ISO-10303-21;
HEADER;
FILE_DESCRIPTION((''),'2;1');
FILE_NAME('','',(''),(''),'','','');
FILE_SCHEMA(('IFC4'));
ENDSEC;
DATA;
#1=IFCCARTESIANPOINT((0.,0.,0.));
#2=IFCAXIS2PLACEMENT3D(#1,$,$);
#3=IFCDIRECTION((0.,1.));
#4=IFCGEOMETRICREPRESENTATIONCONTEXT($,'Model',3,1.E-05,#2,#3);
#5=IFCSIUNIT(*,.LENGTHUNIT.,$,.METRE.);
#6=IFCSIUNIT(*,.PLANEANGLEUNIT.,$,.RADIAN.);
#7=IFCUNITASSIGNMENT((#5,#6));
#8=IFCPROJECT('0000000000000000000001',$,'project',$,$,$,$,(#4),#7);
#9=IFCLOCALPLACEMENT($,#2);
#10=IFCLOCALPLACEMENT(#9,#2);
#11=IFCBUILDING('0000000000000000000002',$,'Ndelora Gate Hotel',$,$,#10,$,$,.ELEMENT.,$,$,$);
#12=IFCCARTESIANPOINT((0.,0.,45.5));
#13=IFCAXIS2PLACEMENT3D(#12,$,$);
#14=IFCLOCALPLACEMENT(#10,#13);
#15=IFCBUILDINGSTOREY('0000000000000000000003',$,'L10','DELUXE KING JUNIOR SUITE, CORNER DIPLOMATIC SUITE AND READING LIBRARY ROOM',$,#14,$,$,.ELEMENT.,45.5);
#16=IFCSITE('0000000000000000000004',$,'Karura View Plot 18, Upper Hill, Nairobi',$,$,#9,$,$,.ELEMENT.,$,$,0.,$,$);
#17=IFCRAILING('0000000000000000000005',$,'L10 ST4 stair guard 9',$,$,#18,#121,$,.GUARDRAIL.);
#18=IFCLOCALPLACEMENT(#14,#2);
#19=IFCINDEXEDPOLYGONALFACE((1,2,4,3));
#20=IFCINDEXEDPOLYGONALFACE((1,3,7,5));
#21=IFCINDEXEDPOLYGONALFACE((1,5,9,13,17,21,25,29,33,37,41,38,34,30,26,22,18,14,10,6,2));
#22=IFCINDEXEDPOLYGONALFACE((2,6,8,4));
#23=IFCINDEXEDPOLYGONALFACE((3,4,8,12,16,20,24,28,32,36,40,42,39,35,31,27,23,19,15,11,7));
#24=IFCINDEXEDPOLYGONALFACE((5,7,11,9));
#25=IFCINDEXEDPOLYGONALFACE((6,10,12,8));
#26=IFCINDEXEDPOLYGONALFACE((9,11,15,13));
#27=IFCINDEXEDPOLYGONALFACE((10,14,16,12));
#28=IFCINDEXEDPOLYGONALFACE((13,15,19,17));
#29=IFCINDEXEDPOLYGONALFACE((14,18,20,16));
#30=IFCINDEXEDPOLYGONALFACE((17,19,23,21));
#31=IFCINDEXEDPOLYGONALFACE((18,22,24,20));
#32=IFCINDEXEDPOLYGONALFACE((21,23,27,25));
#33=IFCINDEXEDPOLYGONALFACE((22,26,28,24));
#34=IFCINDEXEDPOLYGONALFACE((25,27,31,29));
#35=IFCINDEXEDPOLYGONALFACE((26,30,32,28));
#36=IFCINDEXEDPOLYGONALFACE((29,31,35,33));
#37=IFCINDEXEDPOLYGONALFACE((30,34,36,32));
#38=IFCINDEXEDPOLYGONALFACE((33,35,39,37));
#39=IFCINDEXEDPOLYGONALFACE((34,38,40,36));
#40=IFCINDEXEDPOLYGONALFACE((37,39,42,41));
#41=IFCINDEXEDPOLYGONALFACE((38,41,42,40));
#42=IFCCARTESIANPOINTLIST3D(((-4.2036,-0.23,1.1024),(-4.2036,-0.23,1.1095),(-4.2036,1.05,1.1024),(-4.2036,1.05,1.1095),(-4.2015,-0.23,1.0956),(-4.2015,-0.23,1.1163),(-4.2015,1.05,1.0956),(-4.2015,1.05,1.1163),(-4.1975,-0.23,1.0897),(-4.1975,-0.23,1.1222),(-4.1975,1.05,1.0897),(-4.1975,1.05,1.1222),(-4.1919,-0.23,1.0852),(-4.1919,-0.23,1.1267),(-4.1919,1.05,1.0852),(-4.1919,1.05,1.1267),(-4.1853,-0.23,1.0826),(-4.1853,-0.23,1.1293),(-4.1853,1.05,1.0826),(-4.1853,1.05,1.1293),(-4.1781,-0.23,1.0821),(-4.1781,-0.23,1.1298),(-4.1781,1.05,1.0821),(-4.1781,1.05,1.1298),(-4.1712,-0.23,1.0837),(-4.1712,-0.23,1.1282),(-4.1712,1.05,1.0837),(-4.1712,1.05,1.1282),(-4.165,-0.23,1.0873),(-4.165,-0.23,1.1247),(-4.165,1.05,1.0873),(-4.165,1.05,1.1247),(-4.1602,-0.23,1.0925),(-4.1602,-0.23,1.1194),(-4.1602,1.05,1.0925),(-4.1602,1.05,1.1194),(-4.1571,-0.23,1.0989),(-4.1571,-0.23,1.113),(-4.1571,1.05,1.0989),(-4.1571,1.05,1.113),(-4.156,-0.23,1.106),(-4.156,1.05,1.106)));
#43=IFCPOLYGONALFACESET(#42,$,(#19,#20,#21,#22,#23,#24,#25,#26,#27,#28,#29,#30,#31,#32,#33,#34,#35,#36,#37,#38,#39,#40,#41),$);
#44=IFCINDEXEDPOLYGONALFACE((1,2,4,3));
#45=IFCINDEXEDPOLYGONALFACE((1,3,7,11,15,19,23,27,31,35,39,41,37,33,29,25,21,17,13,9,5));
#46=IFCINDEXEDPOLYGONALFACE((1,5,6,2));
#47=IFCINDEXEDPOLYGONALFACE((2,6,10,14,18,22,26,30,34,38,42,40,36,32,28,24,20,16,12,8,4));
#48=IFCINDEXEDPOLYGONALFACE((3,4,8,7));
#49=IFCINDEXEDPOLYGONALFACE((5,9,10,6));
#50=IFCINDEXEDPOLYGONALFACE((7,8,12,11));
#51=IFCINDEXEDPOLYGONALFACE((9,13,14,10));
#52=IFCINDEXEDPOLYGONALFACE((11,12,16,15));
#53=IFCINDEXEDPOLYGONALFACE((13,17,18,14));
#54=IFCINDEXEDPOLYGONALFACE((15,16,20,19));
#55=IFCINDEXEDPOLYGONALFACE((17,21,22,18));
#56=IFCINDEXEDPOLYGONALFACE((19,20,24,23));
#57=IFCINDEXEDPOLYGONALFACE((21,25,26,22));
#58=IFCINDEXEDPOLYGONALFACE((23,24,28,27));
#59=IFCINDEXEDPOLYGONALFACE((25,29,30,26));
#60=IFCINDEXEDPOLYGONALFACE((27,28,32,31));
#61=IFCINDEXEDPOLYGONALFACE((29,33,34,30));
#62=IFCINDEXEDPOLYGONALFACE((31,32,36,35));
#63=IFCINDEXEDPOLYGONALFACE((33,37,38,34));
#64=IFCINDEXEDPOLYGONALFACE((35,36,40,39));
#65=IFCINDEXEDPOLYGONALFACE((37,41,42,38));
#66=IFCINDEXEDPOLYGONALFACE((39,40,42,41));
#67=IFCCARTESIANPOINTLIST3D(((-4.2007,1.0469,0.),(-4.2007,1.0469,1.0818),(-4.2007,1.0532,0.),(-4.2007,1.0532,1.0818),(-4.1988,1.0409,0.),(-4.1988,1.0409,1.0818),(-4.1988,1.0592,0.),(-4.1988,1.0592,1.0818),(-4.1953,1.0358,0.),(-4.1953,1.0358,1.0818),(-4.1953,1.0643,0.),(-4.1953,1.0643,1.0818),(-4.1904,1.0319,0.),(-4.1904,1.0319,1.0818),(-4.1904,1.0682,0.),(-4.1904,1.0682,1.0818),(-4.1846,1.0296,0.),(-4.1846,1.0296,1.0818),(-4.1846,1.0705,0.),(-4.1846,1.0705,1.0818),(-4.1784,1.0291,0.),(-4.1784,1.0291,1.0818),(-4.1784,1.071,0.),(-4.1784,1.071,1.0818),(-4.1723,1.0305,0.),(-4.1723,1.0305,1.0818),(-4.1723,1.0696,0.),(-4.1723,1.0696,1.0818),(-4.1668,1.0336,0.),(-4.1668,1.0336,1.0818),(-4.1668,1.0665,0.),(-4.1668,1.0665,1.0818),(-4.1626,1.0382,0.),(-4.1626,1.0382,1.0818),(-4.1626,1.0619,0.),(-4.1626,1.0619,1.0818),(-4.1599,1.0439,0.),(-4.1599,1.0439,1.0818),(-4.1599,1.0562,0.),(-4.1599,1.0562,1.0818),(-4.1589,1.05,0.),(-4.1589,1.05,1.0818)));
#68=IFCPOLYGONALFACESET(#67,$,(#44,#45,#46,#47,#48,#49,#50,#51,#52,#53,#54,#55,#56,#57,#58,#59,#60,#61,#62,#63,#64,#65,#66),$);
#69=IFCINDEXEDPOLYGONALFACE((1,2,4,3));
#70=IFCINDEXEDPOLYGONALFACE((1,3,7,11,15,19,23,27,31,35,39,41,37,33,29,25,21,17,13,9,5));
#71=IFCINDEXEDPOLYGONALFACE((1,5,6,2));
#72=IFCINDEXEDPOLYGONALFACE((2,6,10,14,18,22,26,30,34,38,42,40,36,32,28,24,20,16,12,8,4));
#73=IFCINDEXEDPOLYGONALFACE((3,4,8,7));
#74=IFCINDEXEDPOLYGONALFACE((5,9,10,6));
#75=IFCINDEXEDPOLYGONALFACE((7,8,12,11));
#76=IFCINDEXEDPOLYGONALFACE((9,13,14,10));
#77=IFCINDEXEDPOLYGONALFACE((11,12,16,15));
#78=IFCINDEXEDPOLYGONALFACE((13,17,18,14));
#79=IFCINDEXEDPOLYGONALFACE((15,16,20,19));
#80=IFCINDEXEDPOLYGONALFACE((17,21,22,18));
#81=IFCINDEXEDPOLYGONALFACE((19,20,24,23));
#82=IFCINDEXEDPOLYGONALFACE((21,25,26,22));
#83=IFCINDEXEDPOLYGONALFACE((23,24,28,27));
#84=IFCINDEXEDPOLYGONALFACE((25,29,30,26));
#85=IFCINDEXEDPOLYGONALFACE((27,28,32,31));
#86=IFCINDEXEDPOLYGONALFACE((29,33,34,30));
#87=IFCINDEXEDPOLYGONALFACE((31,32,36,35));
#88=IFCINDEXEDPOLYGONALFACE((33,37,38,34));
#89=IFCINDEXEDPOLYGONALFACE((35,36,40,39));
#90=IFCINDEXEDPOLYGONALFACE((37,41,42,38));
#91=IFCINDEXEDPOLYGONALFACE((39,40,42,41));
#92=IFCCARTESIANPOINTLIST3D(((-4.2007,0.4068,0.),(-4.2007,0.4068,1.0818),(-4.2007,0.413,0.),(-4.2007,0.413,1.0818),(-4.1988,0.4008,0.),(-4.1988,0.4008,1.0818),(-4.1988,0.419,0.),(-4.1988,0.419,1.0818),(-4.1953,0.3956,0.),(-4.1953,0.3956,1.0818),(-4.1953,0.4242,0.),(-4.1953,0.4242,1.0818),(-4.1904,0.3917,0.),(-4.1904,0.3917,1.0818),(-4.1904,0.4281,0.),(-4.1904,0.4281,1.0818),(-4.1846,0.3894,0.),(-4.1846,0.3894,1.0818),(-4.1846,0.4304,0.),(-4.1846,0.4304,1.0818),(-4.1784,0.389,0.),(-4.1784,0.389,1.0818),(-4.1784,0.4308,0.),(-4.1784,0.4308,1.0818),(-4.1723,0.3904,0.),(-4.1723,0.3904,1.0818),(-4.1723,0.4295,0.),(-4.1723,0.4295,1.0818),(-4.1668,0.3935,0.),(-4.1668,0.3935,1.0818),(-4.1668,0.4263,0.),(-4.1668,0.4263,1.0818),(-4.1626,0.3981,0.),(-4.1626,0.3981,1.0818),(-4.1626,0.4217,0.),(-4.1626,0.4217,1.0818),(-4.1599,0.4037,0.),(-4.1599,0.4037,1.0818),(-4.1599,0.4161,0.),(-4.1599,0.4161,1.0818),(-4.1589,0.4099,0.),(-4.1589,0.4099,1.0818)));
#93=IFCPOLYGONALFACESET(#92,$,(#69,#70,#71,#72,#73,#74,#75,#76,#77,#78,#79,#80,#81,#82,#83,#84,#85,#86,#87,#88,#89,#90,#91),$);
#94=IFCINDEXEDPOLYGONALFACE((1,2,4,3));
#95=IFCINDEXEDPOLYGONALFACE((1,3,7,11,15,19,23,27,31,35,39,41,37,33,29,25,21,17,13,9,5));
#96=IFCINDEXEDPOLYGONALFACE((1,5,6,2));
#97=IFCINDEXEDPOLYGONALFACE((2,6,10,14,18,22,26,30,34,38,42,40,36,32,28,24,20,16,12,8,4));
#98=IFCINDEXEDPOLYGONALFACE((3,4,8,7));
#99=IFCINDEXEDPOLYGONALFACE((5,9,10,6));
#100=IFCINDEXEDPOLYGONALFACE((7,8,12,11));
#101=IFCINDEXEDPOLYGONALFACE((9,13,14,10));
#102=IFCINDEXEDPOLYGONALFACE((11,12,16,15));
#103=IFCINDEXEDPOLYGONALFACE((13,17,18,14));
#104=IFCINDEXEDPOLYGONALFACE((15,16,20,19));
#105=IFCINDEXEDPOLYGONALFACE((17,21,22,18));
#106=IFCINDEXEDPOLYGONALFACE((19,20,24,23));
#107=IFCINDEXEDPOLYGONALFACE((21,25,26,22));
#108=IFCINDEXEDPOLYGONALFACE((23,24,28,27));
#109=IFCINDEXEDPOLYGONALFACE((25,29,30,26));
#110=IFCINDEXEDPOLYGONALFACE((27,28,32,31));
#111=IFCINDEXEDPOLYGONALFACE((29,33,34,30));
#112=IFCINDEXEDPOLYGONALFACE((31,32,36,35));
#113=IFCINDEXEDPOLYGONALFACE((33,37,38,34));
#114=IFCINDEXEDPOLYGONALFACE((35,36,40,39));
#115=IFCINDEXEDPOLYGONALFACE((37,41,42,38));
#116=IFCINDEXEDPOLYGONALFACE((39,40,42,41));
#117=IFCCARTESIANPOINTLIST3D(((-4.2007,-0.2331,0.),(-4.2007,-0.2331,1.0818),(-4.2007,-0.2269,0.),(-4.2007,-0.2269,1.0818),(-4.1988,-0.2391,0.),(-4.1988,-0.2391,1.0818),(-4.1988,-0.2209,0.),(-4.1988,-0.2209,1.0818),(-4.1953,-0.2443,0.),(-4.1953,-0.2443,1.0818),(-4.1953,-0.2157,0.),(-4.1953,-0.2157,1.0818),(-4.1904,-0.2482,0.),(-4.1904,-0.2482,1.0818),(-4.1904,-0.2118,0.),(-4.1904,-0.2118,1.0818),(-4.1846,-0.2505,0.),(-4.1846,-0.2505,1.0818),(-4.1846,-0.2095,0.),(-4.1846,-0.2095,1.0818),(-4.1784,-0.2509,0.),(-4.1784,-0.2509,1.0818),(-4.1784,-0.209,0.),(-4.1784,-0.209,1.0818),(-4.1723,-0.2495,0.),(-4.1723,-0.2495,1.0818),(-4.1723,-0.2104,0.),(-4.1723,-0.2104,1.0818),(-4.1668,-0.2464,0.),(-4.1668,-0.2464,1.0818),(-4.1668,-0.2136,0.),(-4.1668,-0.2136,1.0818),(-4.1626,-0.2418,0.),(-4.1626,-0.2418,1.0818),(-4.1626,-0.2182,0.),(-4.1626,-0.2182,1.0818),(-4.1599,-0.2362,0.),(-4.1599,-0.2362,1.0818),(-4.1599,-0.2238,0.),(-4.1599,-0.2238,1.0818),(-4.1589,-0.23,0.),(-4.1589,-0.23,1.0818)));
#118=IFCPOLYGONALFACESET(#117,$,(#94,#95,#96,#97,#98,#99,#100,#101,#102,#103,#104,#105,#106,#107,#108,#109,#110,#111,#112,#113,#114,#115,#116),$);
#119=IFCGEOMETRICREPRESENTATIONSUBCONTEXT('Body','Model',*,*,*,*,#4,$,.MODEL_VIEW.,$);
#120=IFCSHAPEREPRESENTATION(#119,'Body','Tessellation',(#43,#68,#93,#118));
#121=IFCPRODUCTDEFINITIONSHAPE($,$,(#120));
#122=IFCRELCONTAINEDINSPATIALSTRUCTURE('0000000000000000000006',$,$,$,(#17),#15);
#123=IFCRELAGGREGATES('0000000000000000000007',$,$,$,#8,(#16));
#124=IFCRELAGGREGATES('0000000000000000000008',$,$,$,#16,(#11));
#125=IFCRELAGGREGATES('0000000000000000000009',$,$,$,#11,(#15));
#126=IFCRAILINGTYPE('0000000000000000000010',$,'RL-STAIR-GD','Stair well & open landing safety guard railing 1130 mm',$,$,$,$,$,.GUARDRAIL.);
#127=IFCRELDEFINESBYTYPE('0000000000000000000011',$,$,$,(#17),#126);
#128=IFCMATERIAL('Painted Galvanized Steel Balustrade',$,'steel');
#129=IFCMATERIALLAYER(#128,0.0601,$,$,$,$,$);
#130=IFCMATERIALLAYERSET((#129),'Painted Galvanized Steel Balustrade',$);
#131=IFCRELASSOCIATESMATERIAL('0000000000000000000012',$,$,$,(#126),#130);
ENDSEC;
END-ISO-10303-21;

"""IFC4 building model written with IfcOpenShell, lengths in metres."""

from ifc_helpers import new_model, si_unit, direction, frame, origin, origin_2d, place, context, subcontext, project, spatial, circle, extrude, material, layer, layer_set, type_object, element, save


model = new_model("IFC4")

# Units and contexts
model_context = context("Model", 3, precision=1e-05, world=origin(), true_north=direction((0.0, 1.0)))
body_context = subcontext(model_context, "Body", "Model", "MODEL_VIEW")
ifc_project = project(units=[si_unit("LENGTHUNIT", "METRE"), si_unit("PLANEANGLEUNIT", "RADIAN")], contexts=[model_context])

# Site, building, storey
site_placement = place(None, origin())
site = spatial("IfcSite", under=ifc_project, at=site_placement, Name="Karura View Plot 18, Upper Hill, Nairobi", CompositionType="ELEMENT", RefElevation=0.0)
building_placement = place(site_placement, origin())
building = spatial("IfcBuilding", under=site, at=building_placement, Name="Ndelora Gate Hotel", CompositionType="ELEMENT")
storey_placement = place(building_placement, frame((0.0, 0.0, 45.5)))
storey = spatial("IfcBuildingStorey", under=building, at=storey_placement, Name="L10", Description="DELUXE KING JUNIOR SUITE, CORNER DIPLOMATIC SUITE AND READING LIBRARY ROOM", CompositionType="ELEMENT", Elevation=45.5)

# Railing
ifc_material_1 = material(Name="Painted Galvanized Steel Balustrade", Category="steel")
ifc_layer_1 = layer(ifc_material_1, 0.0601)
ifc_layer_set_1 = layer_set([ifc_layer_1], Name="Painted Galvanized Steel Balustrade")
railing_type_1 = type_object("IfcRailingType", Name="RL-STAIR-GD", Description="Stair well & open landing safety guard railing 1130 mm", PredefinedType="GUARDRAIL", material=ifc_layer_set_1)
for number, where, name in (
    (1, (-4.1799, 1.05, 0.0), "L10 ST4 stair guard 9"),
):
    element("IfcRailing", number, at=place(storey_placement, frame(where)), inside=storey, type_object=railing_type_1, Name=name, PredefinedType="GUARDRAIL", context=body_context, shape_type="SweptSolid", body=[
        extrude(circle(Radius=0.0239, at=origin_2d()), frame((0.0, 0.0, 1.106), z_axis=(0.0, -1.0, 0.0), x_axis=(1.0, 0.0, 0.0)), (0.0, 0.0, 1.0), 1.28),
        extrude(circle(Radius=0.021, at=origin_2d()), origin(), (0.0, 0.0, 1.0), 1.0818),
        extrude(circle(Radius=0.021, at=origin_2d()), frame((0.0, -0.6401, 0.0)), (0.0, 0.0, 1.0), 1.0818),
        extrude(circle(Radius=0.021, at=origin_2d()), frame((0.0, -1.28, 0.0)), (0.0, 0.0, 1.0), 1.0818),
    ])

save(model, "model.ifc")
